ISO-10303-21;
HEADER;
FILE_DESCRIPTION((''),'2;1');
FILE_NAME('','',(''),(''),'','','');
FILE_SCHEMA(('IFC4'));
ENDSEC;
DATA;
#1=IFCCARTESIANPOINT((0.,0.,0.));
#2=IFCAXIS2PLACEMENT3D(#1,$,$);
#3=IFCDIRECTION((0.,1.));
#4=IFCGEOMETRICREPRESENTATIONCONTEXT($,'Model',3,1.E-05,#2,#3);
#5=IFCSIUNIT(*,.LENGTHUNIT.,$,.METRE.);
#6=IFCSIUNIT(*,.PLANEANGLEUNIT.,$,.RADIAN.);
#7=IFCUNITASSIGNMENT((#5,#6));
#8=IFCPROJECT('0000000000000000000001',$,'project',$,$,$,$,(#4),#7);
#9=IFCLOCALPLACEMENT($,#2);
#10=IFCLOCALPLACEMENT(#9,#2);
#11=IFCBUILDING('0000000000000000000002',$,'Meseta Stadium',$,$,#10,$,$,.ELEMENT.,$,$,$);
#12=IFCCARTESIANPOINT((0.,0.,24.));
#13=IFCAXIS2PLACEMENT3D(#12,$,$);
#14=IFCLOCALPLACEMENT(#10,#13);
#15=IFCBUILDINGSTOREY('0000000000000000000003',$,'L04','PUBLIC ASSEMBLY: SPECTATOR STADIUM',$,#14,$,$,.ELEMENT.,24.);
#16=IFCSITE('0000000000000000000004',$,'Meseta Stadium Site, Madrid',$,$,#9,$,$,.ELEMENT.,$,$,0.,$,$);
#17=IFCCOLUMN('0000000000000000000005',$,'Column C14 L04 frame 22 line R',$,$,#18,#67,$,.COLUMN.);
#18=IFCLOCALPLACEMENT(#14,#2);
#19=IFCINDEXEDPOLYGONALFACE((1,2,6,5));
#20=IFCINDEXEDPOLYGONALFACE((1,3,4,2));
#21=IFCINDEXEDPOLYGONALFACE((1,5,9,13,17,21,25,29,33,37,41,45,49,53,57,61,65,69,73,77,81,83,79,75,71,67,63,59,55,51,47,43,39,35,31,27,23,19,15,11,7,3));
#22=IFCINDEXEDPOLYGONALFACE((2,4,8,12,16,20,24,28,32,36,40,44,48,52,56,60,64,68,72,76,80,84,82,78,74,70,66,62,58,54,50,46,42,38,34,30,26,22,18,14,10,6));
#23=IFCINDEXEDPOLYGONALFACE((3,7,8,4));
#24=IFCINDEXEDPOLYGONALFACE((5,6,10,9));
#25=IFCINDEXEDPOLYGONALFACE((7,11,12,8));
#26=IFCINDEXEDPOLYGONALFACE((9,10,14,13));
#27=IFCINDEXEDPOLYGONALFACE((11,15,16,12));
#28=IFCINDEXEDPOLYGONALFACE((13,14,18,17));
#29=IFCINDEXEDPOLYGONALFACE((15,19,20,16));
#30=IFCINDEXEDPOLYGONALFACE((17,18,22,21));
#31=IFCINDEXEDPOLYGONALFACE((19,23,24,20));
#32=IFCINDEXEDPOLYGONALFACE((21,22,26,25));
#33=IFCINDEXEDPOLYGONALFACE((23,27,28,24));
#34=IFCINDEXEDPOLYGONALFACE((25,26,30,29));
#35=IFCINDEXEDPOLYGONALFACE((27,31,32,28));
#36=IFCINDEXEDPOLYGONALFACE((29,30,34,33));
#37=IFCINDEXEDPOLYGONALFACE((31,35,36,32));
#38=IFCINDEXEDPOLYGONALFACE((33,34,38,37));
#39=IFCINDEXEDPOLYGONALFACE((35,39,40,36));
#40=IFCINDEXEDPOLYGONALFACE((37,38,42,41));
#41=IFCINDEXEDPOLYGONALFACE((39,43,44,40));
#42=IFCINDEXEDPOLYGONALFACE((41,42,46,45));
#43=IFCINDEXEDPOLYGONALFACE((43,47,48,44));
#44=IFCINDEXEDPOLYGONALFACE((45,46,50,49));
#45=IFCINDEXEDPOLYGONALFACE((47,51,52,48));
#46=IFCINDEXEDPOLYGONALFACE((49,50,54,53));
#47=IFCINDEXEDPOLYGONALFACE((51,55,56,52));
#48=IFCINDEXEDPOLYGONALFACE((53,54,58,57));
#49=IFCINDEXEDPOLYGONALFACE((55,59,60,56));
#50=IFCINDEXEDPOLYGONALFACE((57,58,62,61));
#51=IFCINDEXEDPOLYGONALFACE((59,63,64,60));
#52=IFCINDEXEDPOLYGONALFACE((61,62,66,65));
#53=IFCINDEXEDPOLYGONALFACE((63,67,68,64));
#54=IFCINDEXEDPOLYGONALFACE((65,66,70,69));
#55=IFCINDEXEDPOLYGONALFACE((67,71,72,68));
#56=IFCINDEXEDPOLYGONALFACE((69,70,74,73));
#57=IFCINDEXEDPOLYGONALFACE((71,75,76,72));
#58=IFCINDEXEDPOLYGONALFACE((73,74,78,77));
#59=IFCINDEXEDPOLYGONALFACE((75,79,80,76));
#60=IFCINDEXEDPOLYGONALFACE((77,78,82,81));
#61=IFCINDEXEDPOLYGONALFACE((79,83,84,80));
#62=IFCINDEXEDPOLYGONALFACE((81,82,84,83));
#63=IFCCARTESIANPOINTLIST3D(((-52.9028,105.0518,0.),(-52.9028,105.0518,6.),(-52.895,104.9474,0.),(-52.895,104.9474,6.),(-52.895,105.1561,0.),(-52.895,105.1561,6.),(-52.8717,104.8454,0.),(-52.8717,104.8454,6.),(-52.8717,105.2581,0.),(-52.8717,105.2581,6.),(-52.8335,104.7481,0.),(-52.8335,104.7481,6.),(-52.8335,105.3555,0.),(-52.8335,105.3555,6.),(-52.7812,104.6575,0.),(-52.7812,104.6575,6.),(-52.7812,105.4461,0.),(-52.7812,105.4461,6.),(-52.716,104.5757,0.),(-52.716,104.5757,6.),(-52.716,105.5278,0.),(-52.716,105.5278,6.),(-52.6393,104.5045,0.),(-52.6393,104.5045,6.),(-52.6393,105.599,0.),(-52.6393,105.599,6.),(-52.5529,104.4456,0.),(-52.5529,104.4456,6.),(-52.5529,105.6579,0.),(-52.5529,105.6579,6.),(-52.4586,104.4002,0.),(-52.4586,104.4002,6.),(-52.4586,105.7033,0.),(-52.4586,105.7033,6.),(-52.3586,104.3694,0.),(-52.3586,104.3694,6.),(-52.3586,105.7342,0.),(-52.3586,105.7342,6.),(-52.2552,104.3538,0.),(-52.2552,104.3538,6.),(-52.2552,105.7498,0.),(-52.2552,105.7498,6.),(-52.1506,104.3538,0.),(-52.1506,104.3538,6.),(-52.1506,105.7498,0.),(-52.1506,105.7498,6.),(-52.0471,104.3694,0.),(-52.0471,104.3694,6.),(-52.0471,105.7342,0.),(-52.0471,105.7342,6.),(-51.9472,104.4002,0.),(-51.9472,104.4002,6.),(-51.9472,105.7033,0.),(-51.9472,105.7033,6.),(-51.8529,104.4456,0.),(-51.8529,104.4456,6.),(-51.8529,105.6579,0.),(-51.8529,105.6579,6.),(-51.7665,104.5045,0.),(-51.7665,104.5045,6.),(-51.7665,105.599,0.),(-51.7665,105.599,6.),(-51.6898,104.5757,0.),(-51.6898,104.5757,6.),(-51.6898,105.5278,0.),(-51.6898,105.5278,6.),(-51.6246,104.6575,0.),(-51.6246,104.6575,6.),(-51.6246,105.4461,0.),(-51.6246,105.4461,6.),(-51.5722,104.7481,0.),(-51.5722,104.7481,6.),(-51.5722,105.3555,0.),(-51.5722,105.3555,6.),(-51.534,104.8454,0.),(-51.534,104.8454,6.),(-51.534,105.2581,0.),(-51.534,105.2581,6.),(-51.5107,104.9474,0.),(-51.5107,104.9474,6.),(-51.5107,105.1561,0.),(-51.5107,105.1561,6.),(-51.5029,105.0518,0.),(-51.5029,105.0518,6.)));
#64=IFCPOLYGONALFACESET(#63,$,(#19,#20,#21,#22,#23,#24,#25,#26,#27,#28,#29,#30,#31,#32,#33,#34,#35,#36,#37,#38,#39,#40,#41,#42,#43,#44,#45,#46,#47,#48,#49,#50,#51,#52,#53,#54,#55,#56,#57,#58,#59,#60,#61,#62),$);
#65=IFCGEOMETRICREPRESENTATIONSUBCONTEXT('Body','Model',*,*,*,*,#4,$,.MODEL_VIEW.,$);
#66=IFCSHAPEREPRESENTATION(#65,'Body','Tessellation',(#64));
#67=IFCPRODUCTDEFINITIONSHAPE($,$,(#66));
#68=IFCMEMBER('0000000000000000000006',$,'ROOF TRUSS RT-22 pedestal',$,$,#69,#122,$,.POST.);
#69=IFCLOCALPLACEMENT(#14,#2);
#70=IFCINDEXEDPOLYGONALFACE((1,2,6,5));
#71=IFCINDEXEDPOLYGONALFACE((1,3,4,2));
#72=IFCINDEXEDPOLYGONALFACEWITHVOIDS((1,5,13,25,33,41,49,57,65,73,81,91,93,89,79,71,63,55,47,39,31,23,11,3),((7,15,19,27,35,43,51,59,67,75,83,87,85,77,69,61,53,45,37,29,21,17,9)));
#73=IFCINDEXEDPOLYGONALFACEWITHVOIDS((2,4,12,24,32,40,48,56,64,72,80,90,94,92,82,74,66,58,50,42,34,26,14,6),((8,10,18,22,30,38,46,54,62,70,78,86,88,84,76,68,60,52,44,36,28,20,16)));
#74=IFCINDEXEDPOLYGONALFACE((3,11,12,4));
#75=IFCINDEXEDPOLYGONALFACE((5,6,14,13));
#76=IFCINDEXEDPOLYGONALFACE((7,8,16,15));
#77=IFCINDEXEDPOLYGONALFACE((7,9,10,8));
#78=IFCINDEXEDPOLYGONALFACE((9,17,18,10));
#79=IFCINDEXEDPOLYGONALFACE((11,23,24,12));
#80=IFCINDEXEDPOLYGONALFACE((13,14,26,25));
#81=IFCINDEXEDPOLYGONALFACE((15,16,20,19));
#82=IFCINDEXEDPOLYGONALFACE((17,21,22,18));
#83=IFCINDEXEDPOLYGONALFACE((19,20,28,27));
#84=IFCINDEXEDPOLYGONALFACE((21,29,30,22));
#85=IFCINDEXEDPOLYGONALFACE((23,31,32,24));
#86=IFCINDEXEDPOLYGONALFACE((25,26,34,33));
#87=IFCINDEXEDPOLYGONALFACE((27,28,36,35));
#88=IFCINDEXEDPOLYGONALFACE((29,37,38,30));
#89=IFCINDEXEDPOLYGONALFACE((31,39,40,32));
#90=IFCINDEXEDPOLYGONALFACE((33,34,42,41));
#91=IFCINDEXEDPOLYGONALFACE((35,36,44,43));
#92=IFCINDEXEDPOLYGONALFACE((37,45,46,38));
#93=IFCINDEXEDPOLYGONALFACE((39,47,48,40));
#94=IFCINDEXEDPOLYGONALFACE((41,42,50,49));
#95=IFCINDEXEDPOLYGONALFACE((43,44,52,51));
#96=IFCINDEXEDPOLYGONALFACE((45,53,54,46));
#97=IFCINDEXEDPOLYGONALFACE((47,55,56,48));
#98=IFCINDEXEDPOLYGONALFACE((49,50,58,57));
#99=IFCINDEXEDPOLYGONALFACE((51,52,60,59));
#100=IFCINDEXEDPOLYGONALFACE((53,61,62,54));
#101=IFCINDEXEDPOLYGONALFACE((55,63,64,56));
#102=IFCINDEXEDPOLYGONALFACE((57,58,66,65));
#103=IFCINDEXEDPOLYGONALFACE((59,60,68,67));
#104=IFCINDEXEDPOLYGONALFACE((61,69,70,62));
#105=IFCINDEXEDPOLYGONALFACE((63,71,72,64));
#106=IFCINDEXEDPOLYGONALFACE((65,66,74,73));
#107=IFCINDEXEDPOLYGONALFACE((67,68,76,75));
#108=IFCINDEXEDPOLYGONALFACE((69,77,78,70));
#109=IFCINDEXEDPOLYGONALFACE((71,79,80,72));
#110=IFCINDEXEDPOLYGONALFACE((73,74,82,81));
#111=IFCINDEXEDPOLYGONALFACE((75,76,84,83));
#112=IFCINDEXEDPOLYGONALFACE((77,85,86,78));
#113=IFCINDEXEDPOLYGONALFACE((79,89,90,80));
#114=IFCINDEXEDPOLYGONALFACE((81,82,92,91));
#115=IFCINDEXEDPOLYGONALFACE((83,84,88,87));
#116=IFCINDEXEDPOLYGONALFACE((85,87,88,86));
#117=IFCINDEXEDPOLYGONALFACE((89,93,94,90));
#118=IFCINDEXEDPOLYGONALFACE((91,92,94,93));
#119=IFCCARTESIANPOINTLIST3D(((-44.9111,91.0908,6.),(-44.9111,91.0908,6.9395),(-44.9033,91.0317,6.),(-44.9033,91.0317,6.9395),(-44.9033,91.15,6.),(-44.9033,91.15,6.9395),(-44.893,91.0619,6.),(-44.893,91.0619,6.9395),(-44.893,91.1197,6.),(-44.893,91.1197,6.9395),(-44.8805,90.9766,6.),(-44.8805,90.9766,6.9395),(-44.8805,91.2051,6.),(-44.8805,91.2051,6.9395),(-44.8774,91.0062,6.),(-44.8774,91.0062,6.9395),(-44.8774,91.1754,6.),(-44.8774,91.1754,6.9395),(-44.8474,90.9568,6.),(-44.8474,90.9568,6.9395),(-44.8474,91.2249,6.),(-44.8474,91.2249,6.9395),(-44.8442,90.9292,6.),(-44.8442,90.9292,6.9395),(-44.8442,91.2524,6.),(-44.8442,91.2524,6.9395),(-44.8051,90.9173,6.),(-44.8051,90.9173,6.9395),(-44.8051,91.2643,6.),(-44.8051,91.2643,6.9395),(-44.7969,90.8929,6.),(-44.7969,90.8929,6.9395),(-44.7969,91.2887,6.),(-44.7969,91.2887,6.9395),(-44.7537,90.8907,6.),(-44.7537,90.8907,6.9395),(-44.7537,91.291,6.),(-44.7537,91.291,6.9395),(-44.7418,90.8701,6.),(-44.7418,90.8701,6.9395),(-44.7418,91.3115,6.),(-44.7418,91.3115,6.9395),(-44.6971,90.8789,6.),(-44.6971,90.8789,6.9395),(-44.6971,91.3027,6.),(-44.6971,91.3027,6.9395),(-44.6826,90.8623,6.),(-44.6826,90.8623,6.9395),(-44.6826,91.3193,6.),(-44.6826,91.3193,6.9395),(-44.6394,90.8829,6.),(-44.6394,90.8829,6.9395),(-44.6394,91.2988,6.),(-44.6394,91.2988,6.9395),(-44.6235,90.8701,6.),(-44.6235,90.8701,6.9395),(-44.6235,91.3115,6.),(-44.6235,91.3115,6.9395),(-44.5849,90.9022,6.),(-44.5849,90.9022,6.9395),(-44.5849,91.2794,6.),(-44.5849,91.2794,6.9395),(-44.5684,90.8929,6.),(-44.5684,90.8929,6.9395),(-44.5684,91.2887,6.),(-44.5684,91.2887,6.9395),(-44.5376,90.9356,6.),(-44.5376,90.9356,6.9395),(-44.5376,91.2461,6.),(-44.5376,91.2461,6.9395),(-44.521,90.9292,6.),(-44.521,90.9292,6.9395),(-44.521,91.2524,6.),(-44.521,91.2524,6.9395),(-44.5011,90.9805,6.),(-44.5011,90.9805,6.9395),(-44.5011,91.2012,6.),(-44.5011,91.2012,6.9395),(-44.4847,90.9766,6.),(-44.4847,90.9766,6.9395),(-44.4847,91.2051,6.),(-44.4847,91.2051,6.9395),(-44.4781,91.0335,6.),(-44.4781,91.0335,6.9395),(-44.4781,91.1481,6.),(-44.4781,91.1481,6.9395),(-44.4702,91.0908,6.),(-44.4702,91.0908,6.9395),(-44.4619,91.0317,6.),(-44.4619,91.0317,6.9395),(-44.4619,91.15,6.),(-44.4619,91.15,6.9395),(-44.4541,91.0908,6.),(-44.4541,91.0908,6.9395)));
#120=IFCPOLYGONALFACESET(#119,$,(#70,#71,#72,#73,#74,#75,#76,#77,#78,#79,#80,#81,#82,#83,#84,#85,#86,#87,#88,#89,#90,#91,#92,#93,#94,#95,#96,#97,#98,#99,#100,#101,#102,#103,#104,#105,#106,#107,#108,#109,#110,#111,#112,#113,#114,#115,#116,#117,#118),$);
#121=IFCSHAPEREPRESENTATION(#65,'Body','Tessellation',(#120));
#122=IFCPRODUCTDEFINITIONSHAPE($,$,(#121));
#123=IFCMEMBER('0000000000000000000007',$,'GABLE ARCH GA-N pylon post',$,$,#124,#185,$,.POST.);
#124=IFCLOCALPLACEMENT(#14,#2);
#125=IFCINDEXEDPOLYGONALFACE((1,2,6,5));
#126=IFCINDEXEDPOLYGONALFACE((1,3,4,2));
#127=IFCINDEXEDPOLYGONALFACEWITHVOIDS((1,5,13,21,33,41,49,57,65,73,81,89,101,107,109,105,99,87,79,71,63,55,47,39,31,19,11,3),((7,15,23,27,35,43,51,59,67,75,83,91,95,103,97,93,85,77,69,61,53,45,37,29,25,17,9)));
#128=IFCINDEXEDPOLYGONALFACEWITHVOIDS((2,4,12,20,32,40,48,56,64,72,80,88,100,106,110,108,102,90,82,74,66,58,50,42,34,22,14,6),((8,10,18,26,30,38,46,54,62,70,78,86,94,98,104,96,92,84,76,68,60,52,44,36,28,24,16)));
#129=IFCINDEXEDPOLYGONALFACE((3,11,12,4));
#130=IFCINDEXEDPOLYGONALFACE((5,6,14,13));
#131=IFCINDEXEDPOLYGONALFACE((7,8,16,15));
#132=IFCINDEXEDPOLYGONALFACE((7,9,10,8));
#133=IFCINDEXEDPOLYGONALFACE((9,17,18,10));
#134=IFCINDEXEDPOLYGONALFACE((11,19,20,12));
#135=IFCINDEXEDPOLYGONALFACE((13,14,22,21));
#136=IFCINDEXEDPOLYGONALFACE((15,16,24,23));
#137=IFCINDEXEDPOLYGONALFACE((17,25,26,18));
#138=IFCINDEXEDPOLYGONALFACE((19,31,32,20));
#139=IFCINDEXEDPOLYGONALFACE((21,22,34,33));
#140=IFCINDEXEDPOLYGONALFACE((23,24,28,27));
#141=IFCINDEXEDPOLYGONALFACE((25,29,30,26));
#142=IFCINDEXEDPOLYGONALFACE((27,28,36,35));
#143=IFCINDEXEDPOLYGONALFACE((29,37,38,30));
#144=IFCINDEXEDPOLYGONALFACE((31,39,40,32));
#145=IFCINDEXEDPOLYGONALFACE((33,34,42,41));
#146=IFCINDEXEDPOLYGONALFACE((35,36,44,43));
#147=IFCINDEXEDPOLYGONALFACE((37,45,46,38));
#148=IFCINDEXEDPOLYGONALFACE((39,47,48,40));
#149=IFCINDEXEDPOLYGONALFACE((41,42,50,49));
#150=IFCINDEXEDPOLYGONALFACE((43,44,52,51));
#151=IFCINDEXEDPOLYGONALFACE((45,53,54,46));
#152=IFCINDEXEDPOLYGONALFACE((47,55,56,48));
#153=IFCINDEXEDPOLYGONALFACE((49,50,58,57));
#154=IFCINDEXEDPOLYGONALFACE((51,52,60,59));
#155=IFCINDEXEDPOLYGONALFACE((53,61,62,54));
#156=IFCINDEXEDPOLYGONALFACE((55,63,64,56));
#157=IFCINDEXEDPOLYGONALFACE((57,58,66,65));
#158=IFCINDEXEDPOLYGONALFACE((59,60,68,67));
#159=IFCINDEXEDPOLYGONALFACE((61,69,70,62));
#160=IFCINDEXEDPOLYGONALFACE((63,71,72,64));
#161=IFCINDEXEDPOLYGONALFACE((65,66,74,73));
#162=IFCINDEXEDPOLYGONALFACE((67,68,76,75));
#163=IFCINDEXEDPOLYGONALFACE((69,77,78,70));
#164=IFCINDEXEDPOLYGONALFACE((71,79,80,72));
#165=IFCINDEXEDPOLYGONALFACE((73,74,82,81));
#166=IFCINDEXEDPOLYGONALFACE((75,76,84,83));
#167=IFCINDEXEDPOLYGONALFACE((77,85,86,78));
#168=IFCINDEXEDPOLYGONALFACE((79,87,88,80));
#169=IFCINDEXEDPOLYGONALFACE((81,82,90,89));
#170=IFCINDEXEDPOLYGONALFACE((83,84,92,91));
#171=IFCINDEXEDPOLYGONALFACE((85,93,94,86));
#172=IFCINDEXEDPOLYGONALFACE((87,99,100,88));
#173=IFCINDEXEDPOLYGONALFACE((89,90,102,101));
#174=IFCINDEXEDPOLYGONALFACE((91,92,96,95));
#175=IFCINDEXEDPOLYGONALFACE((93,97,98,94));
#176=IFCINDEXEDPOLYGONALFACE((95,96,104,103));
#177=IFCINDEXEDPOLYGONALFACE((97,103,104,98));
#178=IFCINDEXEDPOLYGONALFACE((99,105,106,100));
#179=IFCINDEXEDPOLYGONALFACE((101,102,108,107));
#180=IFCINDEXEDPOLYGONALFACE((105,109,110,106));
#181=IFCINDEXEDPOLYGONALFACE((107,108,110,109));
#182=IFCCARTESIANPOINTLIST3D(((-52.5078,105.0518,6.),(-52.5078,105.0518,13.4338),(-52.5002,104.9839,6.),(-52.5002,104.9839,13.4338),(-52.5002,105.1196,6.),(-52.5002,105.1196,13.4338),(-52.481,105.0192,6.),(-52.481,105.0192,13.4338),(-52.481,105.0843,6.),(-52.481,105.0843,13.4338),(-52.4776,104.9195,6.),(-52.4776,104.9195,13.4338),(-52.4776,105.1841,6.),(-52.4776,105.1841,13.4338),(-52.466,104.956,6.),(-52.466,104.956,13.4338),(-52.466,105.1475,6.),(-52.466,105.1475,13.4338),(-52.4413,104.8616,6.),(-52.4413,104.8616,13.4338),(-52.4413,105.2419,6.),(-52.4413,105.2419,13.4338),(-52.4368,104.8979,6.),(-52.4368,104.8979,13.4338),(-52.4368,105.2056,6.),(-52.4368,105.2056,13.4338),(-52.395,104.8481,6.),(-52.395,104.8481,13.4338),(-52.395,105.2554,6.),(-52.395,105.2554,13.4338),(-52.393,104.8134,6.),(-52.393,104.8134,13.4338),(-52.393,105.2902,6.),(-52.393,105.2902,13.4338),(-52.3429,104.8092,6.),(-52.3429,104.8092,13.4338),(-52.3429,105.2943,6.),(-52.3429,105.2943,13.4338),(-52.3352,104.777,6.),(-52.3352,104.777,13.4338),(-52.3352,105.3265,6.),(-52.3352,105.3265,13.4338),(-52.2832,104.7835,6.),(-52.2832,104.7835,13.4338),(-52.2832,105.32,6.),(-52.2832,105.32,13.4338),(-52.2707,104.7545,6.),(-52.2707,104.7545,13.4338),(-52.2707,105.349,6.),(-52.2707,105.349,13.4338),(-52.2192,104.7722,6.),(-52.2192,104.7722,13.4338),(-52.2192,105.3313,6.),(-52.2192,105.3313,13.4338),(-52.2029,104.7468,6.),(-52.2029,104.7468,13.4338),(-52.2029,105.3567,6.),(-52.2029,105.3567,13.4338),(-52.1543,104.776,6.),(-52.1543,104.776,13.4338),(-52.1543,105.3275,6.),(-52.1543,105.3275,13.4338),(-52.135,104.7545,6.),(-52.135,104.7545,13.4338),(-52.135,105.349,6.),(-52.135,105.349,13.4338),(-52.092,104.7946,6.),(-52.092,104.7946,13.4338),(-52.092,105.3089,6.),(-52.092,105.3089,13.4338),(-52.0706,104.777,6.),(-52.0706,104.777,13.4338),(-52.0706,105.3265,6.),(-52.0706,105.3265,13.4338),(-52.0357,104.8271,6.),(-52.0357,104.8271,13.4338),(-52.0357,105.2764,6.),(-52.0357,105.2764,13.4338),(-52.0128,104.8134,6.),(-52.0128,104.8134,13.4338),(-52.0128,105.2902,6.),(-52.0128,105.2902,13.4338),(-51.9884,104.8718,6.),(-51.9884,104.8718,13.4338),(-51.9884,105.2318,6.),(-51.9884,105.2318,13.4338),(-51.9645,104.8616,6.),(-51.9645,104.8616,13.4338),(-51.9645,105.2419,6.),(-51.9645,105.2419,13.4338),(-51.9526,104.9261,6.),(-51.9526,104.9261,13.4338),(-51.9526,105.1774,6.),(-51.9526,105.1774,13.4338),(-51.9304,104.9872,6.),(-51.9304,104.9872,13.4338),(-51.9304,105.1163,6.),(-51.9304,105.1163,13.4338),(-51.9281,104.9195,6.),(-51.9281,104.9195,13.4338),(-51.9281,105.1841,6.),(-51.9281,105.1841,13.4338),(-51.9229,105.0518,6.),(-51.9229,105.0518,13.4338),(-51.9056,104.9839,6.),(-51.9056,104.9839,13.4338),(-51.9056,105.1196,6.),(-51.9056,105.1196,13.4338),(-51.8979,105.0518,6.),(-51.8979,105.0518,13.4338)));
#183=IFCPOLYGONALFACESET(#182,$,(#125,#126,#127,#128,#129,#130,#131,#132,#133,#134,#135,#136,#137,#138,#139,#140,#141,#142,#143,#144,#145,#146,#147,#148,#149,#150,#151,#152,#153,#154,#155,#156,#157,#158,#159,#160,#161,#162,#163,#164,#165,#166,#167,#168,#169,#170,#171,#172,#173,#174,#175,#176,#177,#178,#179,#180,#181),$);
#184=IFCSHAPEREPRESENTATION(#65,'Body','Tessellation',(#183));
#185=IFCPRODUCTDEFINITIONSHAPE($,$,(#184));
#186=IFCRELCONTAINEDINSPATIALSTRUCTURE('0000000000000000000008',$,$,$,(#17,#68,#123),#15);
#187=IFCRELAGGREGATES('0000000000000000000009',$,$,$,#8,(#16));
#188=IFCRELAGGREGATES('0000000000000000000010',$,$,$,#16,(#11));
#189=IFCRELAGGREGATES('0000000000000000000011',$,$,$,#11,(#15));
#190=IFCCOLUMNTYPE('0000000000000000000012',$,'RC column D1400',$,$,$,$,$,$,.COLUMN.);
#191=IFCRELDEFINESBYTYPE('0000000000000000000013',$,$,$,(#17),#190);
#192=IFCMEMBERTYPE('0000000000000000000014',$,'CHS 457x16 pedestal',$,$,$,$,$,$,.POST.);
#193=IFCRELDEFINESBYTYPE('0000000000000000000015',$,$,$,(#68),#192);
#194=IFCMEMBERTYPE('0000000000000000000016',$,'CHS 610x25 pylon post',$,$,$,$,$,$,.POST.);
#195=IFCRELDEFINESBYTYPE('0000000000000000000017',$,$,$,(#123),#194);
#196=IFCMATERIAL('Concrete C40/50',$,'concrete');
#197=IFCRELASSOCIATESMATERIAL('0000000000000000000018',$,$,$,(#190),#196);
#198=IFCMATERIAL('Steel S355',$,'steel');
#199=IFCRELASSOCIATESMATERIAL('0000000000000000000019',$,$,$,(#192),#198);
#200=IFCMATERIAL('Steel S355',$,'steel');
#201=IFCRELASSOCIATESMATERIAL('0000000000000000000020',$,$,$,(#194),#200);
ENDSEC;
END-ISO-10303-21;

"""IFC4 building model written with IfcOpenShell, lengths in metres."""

from ifc_helpers import new_model, si_unit, direction, frame, origin, origin_2d, place, context, subcontext, project, spatial, circle, hollow_circle, extrude, material, material_profile, profile_set, type_object, element, save


model = new_model("IFC4")

# Units and contexts
model_context = context("Model", 3, precision=1e-05, world=origin(), true_north=direction((0.0, 1.0)))
body_context = subcontext(model_context, "Body", "Model", "MODEL_VIEW")
ifc_project = project(units=[si_unit("LENGTHUNIT", "METRE"), si_unit("PLANEANGLEUNIT", "RADIAN")], contexts=[model_context])

# Site, building, storey
site_placement = place(None, origin())
site = spatial("IfcSite", under=ifc_project, at=site_placement, Name="Meseta Stadium Site, Madrid", CompositionType="ELEMENT", RefElevation=0.0)
building_placement = place(site_placement, origin())
building = spatial("IfcBuilding", under=site, at=building_placement, Name="Meseta Stadium", CompositionType="ELEMENT")
storey_placement = place(building_placement, frame((0.0, 0.0, 24.0)))
storey = spatial("IfcBuildingStorey", under=building, at=storey_placement, Name="L04", Description="PUBLIC ASSEMBLY: SPECTATOR STADIUM", CompositionType="ELEMENT", Elevation=24.0)

# Column
ifc_material_1 = material(Name="Concrete C40/50", Category="concrete")
ifc_material_profile_1 = material_profile(ifc_material_1, circle(Radius=0.7, at=origin_2d()), Name="RC D1400")
ifc_profile_set_1 = profile_set([ifc_material_profile_1], Name="Concrete C40/50")
column_type = type_object("IfcColumnType", Name="RC column D1400", PredefinedType="COLUMN", material=ifc_profile_set_1)
column_placement = place(storey_placement, frame((-52.2029, 105.0518, 0.0), z_axis=(0.0, 0.0, 1.0), x_axis=(1.0, 0.0, 0.0)))
element("IfcColumn", 1, at=column_placement, inside=storey, type_object=column_type, Name="Column C14 L04 frame 22 line R", PredefinedType="COLUMN", context=body_context, shape_type="SweptSolid", body=[
    extrude(circle(Radius=0.7, at=origin_2d()), origin(), (0.0, 0.0, 1.0), 6.0),
])

# Members
ifc_material_2 = material(Name="Steel S355", Category="steel")
ifc_material_profile_2 = material_profile(ifc_material_2, hollow_circle(Radius=0.2285, WallThickness=0.0161, at=origin_2d()), Name="CHS 457x16")
ifc_profile_set_2 = profile_set([ifc_material_profile_2], Name="Steel S355")
member_type_1 = type_object("IfcMemberType", Name="CHS 457x16 pedestal", PredefinedType="POST", material=ifc_profile_set_2)
member_1_placement = place(storey_placement, frame((-44.6826, 91.0908, 6.0), z_axis=(0.0, 0.0, 1.0), x_axis=(1.0, 0.0, 0.0)))
element("IfcMember", 2, at=member_1_placement, inside=storey, type_object=member_type_1, Name="ROOF TRUSS RT-22 pedestal", PredefinedType="POST", context=body_context, shape_type="SweptSolid", body=[
    extrude(hollow_circle(Radius=0.2285, WallThickness=0.0161, at=origin_2d()), origin(), (0.0, 0.0, 1.0), 0.9395),
])
ifc_material_3 = material(Name="Steel S355", Category="steel")
ifc_material_profile_3 = material_profile(ifc_material_3, hollow_circle(Radius=0.3049, WallThickness=0.0249, at=origin_2d()), Name="CHS 610x25")
ifc_profile_set_3 = profile_set([ifc_material_profile_3], Name="Steel S355")
member_type_2 = type_object("IfcMemberType", Name="CHS 610x25 pylon post", PredefinedType="POST", material=ifc_profile_set_3)
member_2_placement = place(storey_placement, frame((-52.2029, 105.0518, 6.0), z_axis=(0.0, 0.0, 1.0), x_axis=(1.0, 0.0, 0.0)))
element("IfcMember", 3, at=member_2_placement, inside=storey, type_object=member_type_2, Name="GABLE ARCH GA-N pylon post", PredefinedType="POST", context=body_context, shape_type="SweptSolid", body=[
    extrude(hollow_circle(Radius=0.3049, WallThickness=0.0249, at=origin_2d()), origin(), (0.0, 0.0, 1.0), 7.4338),
])

save(model, "model.ifc")
